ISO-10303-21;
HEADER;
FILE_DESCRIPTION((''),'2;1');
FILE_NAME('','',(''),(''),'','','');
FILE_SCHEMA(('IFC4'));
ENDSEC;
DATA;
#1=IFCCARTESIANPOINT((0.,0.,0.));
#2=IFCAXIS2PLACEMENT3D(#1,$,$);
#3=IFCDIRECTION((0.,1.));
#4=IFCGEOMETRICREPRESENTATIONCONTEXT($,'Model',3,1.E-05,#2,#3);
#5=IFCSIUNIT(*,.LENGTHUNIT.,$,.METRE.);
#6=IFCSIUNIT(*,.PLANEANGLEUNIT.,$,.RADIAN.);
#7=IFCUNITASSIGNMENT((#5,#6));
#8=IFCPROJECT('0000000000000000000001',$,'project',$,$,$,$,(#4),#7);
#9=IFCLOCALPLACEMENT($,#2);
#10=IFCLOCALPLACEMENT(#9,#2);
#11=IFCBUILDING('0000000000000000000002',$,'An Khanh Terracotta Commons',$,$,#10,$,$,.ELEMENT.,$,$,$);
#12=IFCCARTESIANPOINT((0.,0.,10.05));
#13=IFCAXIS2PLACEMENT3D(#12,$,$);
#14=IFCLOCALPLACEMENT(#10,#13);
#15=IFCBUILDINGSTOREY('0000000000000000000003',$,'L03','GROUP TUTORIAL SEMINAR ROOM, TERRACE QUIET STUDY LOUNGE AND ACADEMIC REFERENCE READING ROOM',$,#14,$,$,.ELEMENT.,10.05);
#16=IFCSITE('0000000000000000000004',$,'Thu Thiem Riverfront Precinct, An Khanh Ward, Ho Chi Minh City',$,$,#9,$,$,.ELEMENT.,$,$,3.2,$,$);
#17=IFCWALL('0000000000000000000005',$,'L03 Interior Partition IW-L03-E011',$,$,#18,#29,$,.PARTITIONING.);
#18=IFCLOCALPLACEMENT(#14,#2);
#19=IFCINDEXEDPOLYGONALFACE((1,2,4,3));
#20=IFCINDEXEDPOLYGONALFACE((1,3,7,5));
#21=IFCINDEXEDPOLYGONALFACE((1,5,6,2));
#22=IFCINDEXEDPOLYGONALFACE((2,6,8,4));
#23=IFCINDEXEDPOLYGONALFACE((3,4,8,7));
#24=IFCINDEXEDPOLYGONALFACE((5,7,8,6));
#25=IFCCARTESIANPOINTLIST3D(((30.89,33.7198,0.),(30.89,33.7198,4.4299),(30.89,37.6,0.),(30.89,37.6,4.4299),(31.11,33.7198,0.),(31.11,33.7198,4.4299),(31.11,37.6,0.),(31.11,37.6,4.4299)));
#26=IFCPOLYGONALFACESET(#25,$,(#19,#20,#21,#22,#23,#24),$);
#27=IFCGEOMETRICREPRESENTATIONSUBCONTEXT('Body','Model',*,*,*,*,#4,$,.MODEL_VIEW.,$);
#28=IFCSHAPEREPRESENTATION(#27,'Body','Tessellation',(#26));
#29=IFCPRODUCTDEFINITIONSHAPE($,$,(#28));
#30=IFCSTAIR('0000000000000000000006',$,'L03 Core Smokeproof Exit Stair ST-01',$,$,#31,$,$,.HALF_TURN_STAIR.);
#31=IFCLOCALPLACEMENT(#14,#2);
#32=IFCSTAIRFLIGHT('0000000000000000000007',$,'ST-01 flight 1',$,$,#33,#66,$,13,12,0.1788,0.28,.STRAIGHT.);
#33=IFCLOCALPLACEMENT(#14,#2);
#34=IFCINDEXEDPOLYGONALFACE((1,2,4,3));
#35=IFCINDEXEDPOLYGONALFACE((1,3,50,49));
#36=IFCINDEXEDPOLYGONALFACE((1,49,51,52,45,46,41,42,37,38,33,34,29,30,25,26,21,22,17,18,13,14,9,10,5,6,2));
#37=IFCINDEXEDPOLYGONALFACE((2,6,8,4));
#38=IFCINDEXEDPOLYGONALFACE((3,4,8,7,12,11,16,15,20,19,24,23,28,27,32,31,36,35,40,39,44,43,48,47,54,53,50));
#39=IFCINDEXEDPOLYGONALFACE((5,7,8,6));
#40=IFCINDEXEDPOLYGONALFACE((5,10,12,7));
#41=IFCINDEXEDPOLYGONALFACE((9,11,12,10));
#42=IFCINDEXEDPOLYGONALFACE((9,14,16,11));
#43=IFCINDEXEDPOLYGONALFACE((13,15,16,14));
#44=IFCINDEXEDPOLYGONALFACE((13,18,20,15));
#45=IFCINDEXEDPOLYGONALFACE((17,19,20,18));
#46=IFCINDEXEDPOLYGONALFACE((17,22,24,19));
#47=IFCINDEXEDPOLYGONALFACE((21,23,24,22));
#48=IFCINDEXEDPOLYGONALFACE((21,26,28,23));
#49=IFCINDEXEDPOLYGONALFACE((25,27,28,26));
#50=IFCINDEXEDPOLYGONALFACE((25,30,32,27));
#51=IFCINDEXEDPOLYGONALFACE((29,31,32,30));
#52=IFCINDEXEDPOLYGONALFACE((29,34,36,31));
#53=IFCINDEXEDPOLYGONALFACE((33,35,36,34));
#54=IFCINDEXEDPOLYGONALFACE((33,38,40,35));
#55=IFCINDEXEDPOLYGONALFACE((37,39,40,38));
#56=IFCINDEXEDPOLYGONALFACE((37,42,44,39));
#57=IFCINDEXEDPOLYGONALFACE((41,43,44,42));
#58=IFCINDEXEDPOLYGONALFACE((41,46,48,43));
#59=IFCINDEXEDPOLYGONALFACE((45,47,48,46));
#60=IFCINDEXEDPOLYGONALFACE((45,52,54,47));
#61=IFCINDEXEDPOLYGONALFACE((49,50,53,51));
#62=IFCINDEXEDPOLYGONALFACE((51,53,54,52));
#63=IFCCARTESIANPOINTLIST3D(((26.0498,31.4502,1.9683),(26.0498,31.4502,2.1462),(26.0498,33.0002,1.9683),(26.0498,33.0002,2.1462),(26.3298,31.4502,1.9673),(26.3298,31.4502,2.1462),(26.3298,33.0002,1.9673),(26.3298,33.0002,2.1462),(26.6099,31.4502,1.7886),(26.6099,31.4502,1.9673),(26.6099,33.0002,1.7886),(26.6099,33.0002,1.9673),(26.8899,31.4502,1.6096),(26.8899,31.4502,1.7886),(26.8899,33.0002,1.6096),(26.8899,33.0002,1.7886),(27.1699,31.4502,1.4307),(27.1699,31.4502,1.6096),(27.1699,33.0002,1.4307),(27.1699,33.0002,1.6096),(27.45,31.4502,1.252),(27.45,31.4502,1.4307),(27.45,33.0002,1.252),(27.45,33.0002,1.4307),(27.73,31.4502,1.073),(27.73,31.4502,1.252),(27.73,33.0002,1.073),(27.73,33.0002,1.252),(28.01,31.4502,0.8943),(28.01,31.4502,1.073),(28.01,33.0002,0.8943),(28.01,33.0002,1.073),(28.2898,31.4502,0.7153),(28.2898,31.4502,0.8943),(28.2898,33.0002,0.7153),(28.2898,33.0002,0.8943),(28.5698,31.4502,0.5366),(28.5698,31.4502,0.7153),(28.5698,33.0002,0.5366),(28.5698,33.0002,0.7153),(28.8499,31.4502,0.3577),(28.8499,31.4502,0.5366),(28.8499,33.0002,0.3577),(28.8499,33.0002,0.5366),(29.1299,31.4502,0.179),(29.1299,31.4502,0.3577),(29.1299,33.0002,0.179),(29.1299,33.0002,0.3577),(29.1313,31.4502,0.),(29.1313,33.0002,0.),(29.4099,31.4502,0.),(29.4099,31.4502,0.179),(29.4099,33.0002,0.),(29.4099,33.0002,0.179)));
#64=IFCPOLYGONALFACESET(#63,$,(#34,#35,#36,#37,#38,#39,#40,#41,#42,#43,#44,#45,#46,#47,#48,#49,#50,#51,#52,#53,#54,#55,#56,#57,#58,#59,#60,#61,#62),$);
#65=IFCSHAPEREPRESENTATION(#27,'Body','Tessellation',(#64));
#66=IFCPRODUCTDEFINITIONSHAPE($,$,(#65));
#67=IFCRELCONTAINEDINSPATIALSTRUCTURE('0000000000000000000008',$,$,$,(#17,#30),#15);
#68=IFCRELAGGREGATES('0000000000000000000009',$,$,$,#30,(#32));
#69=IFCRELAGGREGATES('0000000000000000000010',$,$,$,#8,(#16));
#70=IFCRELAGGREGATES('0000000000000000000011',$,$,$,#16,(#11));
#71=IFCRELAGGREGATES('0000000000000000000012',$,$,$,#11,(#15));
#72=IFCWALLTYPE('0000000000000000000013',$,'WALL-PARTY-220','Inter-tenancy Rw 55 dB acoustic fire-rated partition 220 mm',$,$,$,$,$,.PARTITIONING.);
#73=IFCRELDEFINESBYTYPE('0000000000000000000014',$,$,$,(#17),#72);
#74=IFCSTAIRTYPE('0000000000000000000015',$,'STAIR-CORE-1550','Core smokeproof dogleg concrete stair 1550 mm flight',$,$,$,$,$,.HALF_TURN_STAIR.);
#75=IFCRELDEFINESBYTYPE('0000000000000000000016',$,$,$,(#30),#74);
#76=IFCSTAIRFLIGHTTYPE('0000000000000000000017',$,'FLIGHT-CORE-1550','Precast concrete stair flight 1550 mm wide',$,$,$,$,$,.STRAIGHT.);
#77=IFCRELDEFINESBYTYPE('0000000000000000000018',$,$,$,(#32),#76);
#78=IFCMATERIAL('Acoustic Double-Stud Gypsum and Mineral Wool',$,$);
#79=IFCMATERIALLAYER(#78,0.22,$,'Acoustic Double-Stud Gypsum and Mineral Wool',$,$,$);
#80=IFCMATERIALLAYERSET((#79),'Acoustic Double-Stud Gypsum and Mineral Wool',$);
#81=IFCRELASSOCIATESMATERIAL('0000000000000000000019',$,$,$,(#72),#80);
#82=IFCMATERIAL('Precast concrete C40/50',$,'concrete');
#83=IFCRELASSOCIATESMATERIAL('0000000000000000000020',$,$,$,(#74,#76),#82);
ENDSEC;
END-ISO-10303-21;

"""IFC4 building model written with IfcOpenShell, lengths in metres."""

from ifc_helpers import new_model, si_unit, direction, frame, frame_2d, origin, place, context, subcontext, project, spatial, polyline, rectangle, outline, extrude, material, layer, layer_set, type_object, element, aggregate, save


model = new_model("IFC4")

# Units and contexts
model_context = context("Model", 3, precision=1e-05, world=origin(), true_north=direction((0.0, 1.0)))
body_context = subcontext(model_context, "Body", "Model", "MODEL_VIEW")
ifc_project = project(units=[si_unit("LENGTHUNIT", "METRE"), si_unit("PLANEANGLEUNIT", "RADIAN")], contexts=[model_context])

# Site, building, storey
site_placement = place(None, origin())
site = spatial("IfcSite", under=ifc_project, at=site_placement, Name="Thu Thiem Riverfront Precinct, An Khanh Ward, Ho Chi Minh City", CompositionType="ELEMENT", RefElevation=3.2)
building_placement = place(site_placement, origin())
building = spatial("IfcBuilding", under=site, at=building_placement, Name="An Khanh Terracotta Commons", CompositionType="ELEMENT")
storey_placement = place(building_placement, frame((0.0, 0.0, 10.05)))
storey = spatial("IfcBuildingStorey", under=building, at=storey_placement, Name="L03", Description="GROUP TUTORIAL SEMINAR ROOM, TERRACE QUIET STUDY LOUNGE AND ACADEMIC REFERENCE READING ROOM", CompositionType="ELEMENT", Elevation=10.05)

# Wall
ifc_material_1 = material(Name="Acoustic Double-Stud Gypsum and Mineral Wool")
ifc_layer_1 = layer(ifc_material_1, 0.22, Name="Acoustic Double-Stud Gypsum and Mineral Wool")
ifc_layer_set_1 = layer_set([ifc_layer_1], Name="Acoustic Double-Stud Gypsum and Mineral Wool")
wall_type_1 = type_object("IfcWallType", Name="WALL-PARTY-220", Description="Inter-tenancy Rw 55 dB acoustic fire-rated partition 220 mm", PredefinedType="PARTITIONING", material=ifc_layer_set_1)
wall_1_placement = place(storey_placement, frame((31.0, 33.72, 0.0), z_axis=(0.0, 0.0, 1.0), x_axis=(0.0, 1.0, 0.0)))
element("IfcWall", 1, at=wall_1_placement, inside=storey, type_object=wall_type_1, Name="L03 Interior Partition IW-L03-E011", PredefinedType="PARTITIONING", context=body_context, shape_type="SweptSolid", body=[
    extrude(rectangle(XDim=3.8801, YDim=0.22, at=frame_2d((1.9399, 0.0))), origin(), (0.0, 0.0, 1.0), 4.4299),
])

# Stair, stair flight
ifc_material_2 = material(Name="Precast concrete C40/50", Category="concrete")
stair_type = type_object("IfcStairType", Name="STAIR-CORE-1550", Description="Core smokeproof dogleg concrete stair 1550 mm flight", PredefinedType="HALF_TURN_STAIR", material=ifc_material_2)
stair_placement = place(storey_placement, origin())
stair = element("IfcStair", 2, at=stair_placement, inside=storey, type_object=stair_type, Name="L03 Core Smokeproof Exit Stair ST-01", PredefinedType="HALF_TURN_STAIR")
stair_flight_type = type_object("IfcStairFlightType", Name="FLIGHT-CORE-1550", Description="Precast concrete stair flight 1550 mm wide", PredefinedType="STRAIGHT", material=ifc_material_2)
stair_flight_placement = place(storey_placement, frame((29.4099, 32.2251, 0.0), z_axis=(0.0, 0.0, 1.0), x_axis=(-1.0, 0.0, 0.0)))
stair_flight = element("IfcStairFlight", 3, at=stair_flight_placement, type_object=stair_flight_type, Name="ST-01 flight 1", NumberOfRisers=13, NumberOfTreads=12, PredefinedType="STRAIGHT", RiserHeight=0.1788, TreadLength=0.28, context=body_context, shape_type="SweptSolid", body=[
    extrude(outline(polyline([(0.0, 0.0), (0.0, 0.179), (0.28, 0.179), (0.28, 0.3577), (0.5601, 0.3577), (0.5601, 0.5366), (0.8401, 0.5366), (0.8401, 0.7153), (1.1201, 0.7153), (1.1201, 0.8943), (1.3999, 0.8943), (1.3999, 1.073), (1.6799, 1.073), (1.6799, 1.252), (1.96, 1.252), (1.96, 1.4307), (2.24, 1.4307), (2.24, 1.6096), (2.52, 1.6096), (2.52, 1.7886), (2.8, 1.7886), (2.8, 1.9673), (3.0801, 1.9673), (3.0801, 2.1462), (3.3601, 2.1462), (3.3601, 2.325), (3.3601, 1.9683), (0.2786, 0.0), (0.0, 0.0)])), frame((0.0, 0.7749, 0.0), z_axis=(0.0, -1.0, 0.0), x_axis=(1.0, 0.0, 0.0)), (0.0, 0.0, 1.0), 1.55),
])
aggregate(stair, [stair_flight])

save(model, "model.ifc")
